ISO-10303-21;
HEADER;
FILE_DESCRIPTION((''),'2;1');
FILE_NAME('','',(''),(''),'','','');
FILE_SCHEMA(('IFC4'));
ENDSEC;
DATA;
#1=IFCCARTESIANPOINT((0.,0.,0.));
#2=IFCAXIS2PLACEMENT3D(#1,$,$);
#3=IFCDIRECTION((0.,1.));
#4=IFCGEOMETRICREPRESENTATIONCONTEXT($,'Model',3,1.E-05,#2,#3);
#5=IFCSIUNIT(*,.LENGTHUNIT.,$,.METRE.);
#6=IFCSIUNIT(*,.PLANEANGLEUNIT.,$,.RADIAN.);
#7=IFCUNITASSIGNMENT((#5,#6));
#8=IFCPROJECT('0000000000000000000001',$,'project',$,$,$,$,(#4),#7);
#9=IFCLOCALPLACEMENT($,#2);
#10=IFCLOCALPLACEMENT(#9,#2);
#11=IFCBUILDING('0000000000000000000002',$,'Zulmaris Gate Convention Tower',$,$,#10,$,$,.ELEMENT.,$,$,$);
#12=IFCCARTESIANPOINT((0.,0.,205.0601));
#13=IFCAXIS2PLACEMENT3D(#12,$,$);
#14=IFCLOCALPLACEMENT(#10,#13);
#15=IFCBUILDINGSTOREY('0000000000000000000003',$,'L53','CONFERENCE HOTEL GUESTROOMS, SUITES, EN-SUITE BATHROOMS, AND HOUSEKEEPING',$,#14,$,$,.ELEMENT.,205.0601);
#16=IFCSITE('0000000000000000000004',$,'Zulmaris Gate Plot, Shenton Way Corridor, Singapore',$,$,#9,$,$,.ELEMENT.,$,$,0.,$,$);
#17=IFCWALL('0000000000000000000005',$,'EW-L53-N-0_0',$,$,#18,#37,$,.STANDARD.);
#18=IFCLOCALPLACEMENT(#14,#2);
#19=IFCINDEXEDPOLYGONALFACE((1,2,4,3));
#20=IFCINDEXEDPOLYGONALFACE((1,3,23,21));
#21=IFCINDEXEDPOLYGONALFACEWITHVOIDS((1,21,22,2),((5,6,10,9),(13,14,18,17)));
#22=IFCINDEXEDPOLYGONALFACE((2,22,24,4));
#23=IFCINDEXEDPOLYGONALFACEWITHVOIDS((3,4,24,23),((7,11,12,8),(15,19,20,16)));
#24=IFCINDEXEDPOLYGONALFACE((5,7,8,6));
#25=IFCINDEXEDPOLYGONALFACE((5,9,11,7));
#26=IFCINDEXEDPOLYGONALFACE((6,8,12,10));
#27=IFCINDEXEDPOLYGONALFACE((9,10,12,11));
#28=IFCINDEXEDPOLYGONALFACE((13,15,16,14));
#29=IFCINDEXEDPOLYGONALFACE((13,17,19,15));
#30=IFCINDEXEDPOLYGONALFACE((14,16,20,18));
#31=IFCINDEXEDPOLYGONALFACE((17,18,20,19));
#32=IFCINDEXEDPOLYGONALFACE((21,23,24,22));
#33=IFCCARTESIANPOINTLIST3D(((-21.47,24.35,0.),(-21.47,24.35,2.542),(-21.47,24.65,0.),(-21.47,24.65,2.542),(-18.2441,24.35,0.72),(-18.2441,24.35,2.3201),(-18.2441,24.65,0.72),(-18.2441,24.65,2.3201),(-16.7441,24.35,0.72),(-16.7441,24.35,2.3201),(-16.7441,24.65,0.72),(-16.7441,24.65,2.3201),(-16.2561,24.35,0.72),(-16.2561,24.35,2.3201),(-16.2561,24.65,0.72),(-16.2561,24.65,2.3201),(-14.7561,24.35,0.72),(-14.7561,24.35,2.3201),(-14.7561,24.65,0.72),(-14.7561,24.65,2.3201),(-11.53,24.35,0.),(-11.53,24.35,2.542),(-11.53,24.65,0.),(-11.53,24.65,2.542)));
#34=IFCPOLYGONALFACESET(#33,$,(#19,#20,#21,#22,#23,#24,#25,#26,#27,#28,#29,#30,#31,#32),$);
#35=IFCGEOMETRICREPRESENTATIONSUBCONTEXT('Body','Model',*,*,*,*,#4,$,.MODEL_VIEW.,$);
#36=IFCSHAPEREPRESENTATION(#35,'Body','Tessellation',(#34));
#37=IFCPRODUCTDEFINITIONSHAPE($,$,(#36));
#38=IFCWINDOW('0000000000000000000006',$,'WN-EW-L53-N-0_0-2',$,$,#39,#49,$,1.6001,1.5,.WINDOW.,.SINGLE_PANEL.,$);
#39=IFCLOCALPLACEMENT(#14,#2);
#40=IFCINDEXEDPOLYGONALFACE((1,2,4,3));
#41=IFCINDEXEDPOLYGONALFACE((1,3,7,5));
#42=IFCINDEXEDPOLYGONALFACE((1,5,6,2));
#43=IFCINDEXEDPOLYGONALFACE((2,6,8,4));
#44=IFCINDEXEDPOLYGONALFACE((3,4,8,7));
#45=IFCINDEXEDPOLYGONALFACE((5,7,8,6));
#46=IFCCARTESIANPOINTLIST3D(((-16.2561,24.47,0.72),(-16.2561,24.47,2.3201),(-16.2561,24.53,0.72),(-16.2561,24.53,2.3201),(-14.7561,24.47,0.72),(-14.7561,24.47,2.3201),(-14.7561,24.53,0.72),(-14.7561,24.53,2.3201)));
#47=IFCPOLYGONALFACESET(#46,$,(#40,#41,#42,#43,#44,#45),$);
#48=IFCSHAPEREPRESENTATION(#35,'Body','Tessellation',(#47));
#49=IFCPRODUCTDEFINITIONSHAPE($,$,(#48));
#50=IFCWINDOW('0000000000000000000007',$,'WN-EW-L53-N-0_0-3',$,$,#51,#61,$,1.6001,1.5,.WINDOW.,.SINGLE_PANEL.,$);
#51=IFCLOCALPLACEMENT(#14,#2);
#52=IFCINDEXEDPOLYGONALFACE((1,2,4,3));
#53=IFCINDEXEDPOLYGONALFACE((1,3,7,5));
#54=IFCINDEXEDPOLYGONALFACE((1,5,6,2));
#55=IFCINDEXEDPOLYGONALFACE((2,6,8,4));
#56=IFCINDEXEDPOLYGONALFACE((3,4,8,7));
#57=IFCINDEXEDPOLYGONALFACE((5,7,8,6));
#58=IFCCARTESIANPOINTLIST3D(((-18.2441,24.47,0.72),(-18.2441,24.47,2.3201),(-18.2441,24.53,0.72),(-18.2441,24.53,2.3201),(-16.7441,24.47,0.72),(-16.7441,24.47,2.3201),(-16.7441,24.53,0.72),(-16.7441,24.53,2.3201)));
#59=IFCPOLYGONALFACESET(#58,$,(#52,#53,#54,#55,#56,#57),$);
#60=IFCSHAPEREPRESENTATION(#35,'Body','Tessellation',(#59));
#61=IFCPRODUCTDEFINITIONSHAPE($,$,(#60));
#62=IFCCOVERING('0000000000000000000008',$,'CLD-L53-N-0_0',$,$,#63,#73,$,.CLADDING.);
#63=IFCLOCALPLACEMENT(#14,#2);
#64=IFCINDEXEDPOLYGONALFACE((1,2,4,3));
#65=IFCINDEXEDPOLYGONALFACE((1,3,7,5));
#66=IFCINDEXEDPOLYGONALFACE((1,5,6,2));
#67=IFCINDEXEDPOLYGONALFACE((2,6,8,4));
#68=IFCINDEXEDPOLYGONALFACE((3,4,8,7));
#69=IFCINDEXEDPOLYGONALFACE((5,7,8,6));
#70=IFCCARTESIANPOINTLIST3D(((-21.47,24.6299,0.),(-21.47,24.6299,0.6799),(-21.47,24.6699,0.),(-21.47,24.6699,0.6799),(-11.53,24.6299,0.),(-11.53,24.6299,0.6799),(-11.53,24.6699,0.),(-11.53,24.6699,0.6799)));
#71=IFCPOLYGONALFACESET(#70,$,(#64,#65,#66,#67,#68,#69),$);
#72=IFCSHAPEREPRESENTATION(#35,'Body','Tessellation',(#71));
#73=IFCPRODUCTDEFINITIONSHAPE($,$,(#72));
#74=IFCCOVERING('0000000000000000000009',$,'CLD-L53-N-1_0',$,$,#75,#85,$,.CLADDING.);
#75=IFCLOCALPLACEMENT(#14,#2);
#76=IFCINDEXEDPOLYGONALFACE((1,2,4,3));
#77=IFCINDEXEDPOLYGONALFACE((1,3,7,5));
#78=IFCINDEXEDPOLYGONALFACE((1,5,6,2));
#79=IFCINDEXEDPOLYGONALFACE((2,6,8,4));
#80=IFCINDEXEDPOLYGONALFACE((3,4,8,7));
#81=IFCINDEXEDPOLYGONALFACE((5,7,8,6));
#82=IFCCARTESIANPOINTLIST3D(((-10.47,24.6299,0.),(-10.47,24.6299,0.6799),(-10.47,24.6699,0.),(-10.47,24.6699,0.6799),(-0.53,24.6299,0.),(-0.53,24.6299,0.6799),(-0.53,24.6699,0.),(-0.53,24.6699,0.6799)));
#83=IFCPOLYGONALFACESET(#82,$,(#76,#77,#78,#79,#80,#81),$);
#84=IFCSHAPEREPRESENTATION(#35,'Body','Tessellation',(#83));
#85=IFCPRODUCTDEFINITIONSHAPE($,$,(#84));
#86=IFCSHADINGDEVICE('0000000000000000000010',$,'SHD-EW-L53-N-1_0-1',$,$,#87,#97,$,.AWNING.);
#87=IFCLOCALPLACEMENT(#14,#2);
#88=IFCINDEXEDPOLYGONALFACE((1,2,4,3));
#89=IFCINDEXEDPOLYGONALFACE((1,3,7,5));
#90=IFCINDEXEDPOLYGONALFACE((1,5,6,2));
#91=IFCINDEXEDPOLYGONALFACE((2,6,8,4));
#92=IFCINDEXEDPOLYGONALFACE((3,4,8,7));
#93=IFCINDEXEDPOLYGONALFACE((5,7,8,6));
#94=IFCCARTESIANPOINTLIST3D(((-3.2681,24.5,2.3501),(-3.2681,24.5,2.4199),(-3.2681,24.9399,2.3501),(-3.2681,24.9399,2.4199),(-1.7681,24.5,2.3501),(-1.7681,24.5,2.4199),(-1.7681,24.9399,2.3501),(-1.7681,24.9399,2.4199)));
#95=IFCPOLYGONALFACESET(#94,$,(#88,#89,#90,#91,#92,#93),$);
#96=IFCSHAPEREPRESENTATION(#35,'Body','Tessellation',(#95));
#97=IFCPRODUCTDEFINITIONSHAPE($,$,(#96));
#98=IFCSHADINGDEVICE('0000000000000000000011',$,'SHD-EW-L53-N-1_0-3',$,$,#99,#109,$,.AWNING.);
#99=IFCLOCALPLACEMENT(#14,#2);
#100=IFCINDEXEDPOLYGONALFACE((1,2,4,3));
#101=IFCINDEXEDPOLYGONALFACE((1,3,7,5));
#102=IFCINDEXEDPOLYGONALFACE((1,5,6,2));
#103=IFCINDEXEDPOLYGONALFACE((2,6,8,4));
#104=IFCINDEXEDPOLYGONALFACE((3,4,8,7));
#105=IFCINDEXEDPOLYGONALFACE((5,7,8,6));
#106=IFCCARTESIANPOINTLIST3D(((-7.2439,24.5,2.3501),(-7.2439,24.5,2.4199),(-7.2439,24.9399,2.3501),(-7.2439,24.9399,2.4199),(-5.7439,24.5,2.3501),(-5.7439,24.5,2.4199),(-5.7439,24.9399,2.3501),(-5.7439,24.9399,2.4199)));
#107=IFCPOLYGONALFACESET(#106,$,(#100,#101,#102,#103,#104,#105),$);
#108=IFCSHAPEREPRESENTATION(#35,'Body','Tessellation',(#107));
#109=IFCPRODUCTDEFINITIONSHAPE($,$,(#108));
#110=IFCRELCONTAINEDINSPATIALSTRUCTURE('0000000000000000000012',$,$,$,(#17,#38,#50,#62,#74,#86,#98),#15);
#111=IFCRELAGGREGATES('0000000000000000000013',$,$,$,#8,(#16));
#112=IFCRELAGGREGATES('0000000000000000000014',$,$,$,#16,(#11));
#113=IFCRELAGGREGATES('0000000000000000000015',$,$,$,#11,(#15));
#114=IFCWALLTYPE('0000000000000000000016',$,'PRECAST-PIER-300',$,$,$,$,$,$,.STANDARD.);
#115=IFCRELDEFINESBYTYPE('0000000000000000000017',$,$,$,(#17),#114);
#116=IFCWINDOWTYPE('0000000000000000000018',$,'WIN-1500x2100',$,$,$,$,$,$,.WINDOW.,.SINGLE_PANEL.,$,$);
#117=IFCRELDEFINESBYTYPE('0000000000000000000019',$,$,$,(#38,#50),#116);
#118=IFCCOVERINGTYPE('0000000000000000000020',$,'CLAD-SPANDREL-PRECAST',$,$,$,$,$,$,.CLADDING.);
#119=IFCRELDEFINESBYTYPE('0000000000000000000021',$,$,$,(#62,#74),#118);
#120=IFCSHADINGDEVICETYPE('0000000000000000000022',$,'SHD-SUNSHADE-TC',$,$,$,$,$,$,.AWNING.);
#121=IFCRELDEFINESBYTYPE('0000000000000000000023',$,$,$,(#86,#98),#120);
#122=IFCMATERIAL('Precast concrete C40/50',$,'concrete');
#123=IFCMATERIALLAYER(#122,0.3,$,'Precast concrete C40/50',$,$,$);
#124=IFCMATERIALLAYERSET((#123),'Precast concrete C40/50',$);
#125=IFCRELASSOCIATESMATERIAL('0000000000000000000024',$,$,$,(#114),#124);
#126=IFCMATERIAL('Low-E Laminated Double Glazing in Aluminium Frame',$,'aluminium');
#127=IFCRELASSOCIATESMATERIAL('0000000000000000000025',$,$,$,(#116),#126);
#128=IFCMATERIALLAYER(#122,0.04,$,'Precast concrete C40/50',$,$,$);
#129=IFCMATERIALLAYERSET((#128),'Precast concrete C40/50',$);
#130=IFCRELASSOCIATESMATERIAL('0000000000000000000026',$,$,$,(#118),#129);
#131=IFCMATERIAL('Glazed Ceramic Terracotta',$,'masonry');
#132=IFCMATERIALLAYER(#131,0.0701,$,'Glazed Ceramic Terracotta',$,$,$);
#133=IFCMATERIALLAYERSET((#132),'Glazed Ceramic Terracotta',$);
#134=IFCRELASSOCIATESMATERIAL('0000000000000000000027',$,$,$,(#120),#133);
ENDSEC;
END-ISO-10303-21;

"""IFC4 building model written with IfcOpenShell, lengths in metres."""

from ifc_helpers import new_model, si_unit, direction, frame, frame_2d, origin, place, context, subcontext, project, spatial, rectangle, extrude, material, layer, layer_set, type_object, element, fill, save


model = new_model("IFC4")

# Units and contexts
model_context = context("Model", 3, precision=1e-05, world=origin(), true_north=direction((0.0, 1.0)))
body_context = subcontext(model_context, "Body", "Model", "MODEL_VIEW")
ifc_project = project(units=[si_unit("LENGTHUNIT", "METRE"), si_unit("PLANEANGLEUNIT", "RADIAN")], contexts=[model_context])

# Site, building, storey
site_placement = place(None, origin())
site = spatial("IfcSite", under=ifc_project, at=site_placement, Name="Zulmaris Gate Plot, Shenton Way Corridor, Singapore", CompositionType="ELEMENT", RefElevation=0.0)
building_placement = place(site_placement, origin())
building = spatial("IfcBuilding", under=site, at=building_placement, Name="Zulmaris Gate Convention Tower", CompositionType="ELEMENT")
storey_placement = place(building_placement, frame((0.0, 0.0, 205.0601)))
storey = spatial("IfcBuildingStorey", under=building, at=storey_placement, Name="L53", Description="CONFERENCE HOTEL GUESTROOMS, SUITES, EN-SUITE BATHROOMS, AND HOUSEKEEPING", CompositionType="ELEMENT", Elevation=205.0601)

# Wall, openings, windows
ifc_material_1 = material(Name="Precast concrete C40/50", Category="concrete")
ifc_layer_1 = layer(ifc_material_1, 0.3, Name="Precast concrete C40/50")
ifc_layer_set_1 = layer_set([ifc_layer_1], Name="Precast concrete C40/50")
wall_type_1 = type_object("IfcWallType", Name="PRECAST-PIER-300", PredefinedType="STANDARD", material=ifc_layer_set_1)
wall_1_placement = place(storey_placement, frame((-11.53, 24.5, 0.0), z_axis=(0.0, 0.0, 1.0), x_axis=(-1.0, 0.0, 0.0)))
wall_1 = element("IfcWall", 1, at=wall_1_placement, inside=storey, type_object=wall_type_1, Name="EW-L53-N-0_0", PredefinedType="STANDARD", context=body_context, shape_type="SweptSolid", body=[
    extrude(rectangle(XDim=9.9399, YDim=0.3, at=frame_2d((4.97, 0.0))), origin(), (0.0, 0.0, 1.0), 2.542),
])
opening_1_placement = place(wall_1_placement, frame((3.2261, 0.0, 0.72)))
opening_1 = element("IfcOpeningElement", 2, at=opening_1_placement, cuts=wall_1, PredefinedType="OPENING", context=body_context, shape_type="SweptSolid", body=[
    extrude(rectangle(XDim=1.5, YDim=1.6001, at=frame_2d((0.75, 0.8))), frame((0.0, 0.1602, 0.0), z_axis=(0.0, -1.0, 0.0), x_axis=(1.0, 0.0, 0.0)), (0.0, 0.0, 1.0), 0.3201),
])
opening_2_placement = place(wall_1_placement, frame((5.2141, 0.0, 0.72)))
opening_2 = element("IfcOpeningElement", 3, at=opening_2_placement, cuts=wall_1, PredefinedType="OPENING", context=body_context, shape_type="SweptSolid", body=[
    extrude(rectangle(XDim=1.5, YDim=1.6001, at=frame_2d((0.75, 0.8))), frame((0.0, 0.1602, 0.0), z_axis=(0.0, -1.0, 0.0), x_axis=(1.0, 0.0, 0.0)), (0.0, 0.0, 1.0), 0.3201),
])
ifc_material_2 = material(Name="Low-E Laminated Double Glazing in Aluminium Frame", Category="aluminium")
window_type = type_object("IfcWindowType", Name="WIN-1500x2100", PartitioningType="SINGLE_PANEL", PredefinedType="WINDOW", material=ifc_material_2)
window_1_placement = place(opening_1_placement, origin())
window_1 = element("IfcWindow", 4, at=window_1_placement, inside=storey, type_object=window_type, Name="WN-EW-L53-N-0_0-2", OverallHeight=1.6001, OverallWidth=1.5, PartitioningType="SINGLE_PANEL", PredefinedType="WINDOW", context=body_context, shape_type="SweptSolid", body=[
    extrude(rectangle(XDim=1.5, YDim=1.6001, at=frame_2d((0.75, 0.8))), frame((0.0, 0.03, 0.0), z_axis=(0.0, -1.0, 0.0), x_axis=(1.0, 0.0, 0.0)), (0.0, 0.0, 1.0), 0.0601),
])
fill(opening_1, window_1)
window_2_placement = place(opening_2_placement, origin())
window_2 = element("IfcWindow", 5, at=window_2_placement, inside=storey, type_object=window_type, Name="WN-EW-L53-N-0_0-3", OverallHeight=1.6001, OverallWidth=1.5, PartitioningType="SINGLE_PANEL", PredefinedType="WINDOW", context=body_context, shape_type="SweptSolid", body=[
    extrude(rectangle(XDim=1.5, YDim=1.6001, at=frame_2d((0.75, 0.8))), frame((0.0, 0.03, 0.0), z_axis=(0.0, -1.0, 0.0), x_axis=(1.0, 0.0, 0.0)), (0.0, 0.0, 1.0), 0.0601),
])
fill(opening_2, window_2)

# Coverings
ifc_layer_2 = layer(ifc_material_1, 0.04, Name="Precast concrete C40/50")
ifc_layer_set_2 = layer_set([ifc_layer_2], Name="Precast concrete C40/50")
covering_type = type_object("IfcCoveringType", Name="CLAD-SPANDREL-PRECAST", PredefinedType="CLADDING", material=ifc_layer_set_2)
for number, where, z_axis, x_axis, name in (
    (6, (-11.53, 24.6499, 0.0), (0.0, 0.0, 1.0), (-1.0, 0.0, 0.0), "CLD-L53-N-0_0"),
    (7, (-0.53, 24.6499, 0.0), (0.0, 0.0, 1.0), (-1.0, 0.0, 0.0), "CLD-L53-N-1_0"),
):
    element("IfcCovering", number, at=place(storey_placement, frame(where, z_axis=z_axis, x_axis=x_axis)), inside=storey, type_object=covering_type, Name=name, PredefinedType="CLADDING", context=body_context, shape_type="SweptSolid", body=[
        extrude(rectangle(XDim=9.9399, YDim=0.04, at=frame_2d((4.97, 0.0))), origin(), (0.0, 0.0, 1.0), 0.6799),
    ])

# Shading devices
ifc_material_3 = material(Name="Glazed Ceramic Terracotta", Category="masonry")
ifc_layer_3 = layer(ifc_material_3, 0.0701, Name="Glazed Ceramic Terracotta")
ifc_layer_set_3 = layer_set([ifc_layer_3], Name="Glazed Ceramic Terracotta")
shading_device_type = type_object("IfcShadingDeviceType", Name="SHD-SUNSHADE-TC", PredefinedType="AWNING", material=ifc_layer_set_3)
for number, where, z_axis, x_axis, name in (
    (8, (-1.7681, 24.72, 2.3501), (0.0, 0.0, 1.0), (-1.0, 0.0, 0.0), "SHD-EW-L53-N-1_0-1"),
    (9, (-5.7439, 24.72, 2.3501), (0.0, 0.0, 1.0), (-1.0, 0.0, 0.0), "SHD-EW-L53-N-1_0-3"),
):
    element("IfcShadingDevice", number, at=place(storey_placement, frame(where, z_axis=z_axis, x_axis=x_axis)), inside=storey, type_object=shading_device_type, Name=name, PredefinedType="AWNING", context=body_context, shape_type="SweptSolid", body=[
        extrude(rectangle(XDim=1.5, YDim=0.4399, at=frame_2d((0.75, 0.0))), origin(), (0.0, 0.0, 1.0), 0.0698),
    ])

save(model, "model.ifc")
